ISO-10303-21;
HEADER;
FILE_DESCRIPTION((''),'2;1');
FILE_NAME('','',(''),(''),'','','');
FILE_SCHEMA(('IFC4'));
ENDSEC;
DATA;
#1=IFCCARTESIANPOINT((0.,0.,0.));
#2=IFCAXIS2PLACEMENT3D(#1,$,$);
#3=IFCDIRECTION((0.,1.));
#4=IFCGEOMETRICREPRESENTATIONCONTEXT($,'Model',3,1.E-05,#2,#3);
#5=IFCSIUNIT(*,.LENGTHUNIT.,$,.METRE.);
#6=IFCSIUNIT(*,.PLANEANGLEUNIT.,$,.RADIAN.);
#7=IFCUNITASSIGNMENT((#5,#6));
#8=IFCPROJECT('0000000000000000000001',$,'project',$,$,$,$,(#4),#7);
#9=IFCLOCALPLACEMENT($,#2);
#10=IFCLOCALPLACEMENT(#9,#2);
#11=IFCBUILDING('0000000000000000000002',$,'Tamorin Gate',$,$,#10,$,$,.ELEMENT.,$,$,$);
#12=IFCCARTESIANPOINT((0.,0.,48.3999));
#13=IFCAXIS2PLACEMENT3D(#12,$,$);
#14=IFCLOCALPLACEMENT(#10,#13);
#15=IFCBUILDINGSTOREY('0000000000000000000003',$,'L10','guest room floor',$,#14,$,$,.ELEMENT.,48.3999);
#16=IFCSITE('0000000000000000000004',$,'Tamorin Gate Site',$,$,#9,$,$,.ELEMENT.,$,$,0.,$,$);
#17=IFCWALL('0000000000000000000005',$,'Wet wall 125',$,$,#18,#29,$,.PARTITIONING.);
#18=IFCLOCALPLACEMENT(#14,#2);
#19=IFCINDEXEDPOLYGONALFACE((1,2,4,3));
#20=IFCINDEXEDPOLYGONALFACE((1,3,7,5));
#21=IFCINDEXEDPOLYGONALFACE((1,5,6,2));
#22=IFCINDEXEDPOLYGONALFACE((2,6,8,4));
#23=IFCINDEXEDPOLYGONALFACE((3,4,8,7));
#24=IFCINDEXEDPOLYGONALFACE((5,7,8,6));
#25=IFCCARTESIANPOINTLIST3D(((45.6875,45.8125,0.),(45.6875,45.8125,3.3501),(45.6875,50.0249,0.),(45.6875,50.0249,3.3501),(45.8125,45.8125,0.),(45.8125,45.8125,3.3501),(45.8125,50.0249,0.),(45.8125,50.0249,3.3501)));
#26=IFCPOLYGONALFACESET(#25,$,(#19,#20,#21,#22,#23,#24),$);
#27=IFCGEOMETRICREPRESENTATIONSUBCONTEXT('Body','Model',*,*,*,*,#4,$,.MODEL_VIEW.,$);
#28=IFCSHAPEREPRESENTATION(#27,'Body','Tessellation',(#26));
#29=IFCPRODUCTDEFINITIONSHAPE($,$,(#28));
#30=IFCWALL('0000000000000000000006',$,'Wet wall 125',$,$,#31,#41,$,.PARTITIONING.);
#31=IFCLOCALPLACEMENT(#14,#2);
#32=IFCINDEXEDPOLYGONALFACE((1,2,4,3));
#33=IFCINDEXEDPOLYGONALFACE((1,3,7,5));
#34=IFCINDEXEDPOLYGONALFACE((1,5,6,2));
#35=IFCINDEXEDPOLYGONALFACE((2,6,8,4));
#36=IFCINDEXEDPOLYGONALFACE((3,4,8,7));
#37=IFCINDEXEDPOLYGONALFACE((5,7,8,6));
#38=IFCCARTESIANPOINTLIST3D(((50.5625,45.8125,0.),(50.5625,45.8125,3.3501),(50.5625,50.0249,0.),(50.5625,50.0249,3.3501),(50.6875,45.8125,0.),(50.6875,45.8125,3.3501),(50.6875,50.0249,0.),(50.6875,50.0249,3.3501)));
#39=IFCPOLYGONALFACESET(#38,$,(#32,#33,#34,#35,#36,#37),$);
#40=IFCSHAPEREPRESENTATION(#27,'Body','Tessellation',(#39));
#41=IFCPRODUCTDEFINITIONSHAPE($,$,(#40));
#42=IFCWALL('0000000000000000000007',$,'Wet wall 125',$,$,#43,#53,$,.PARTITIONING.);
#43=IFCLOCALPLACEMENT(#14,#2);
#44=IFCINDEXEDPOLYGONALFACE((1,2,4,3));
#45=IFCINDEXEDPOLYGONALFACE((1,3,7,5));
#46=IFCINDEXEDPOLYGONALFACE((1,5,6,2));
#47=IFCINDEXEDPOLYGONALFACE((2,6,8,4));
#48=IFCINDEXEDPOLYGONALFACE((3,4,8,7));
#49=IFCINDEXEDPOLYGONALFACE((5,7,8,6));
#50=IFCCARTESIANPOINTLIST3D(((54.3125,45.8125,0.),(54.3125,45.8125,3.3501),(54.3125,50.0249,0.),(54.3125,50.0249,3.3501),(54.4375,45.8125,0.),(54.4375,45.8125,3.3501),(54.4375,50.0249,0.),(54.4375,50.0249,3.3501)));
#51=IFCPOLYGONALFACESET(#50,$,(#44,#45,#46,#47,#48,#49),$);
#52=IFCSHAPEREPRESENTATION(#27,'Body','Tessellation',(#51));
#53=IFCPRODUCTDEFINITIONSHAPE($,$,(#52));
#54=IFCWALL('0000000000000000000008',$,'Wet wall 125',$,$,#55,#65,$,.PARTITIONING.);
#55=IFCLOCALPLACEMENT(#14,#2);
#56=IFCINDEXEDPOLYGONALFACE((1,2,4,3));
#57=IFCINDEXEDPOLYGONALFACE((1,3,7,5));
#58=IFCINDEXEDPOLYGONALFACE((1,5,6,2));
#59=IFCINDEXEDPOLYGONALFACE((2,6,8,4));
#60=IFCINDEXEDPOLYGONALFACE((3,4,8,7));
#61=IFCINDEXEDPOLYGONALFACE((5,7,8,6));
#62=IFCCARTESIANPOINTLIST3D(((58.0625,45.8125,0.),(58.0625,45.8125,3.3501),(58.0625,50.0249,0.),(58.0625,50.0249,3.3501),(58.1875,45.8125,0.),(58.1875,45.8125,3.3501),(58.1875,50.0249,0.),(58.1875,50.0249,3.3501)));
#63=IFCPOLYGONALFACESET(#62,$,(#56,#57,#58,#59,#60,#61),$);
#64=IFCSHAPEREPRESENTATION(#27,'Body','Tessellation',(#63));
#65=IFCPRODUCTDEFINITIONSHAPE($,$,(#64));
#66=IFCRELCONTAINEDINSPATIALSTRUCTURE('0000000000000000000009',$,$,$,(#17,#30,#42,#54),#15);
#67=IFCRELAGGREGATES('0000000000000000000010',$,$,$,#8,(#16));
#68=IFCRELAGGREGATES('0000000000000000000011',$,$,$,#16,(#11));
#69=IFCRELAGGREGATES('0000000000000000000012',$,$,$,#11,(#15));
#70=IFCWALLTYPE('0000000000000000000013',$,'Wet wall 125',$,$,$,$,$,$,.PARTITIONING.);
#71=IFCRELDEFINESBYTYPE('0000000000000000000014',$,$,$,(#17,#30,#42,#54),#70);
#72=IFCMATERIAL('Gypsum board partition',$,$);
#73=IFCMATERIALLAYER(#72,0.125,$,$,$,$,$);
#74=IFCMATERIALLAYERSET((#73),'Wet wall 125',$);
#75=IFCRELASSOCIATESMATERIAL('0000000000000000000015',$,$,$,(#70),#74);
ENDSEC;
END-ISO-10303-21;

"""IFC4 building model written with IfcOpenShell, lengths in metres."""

from ifc_helpers import new_model, si_unit, direction, frame, frame_2d, origin, place, context, subcontext, project, spatial, rectangle, extrude, material, layer, layer_set, type_object, element, save


model = new_model("IFC4")

# Units and contexts
model_context = context("Model", 3, precision=1e-05, world=origin(), true_north=direction((0.0, 1.0)))
body_context = subcontext(model_context, "Body", "Model", "MODEL_VIEW")
ifc_project = project(units=[si_unit("LENGTHUNIT", "METRE"), si_unit("PLANEANGLEUNIT", "RADIAN")], contexts=[model_context])

# Site, building, storey
site_placement = place(None, origin())
site = spatial("IfcSite", under=ifc_project, at=site_placement, Name="Tamorin Gate Site", CompositionType="ELEMENT", RefElevation=0.0)
building_placement = place(site_placement, origin())
building = spatial("IfcBuilding", under=site, at=building_placement, Name="Tamorin Gate", CompositionType="ELEMENT")
storey_placement = place(building_placement, frame((0.0, 0.0, 48.3999)))
storey = spatial("IfcBuildingStorey", under=building, at=storey_placement, Name="L10", Description="guest room floor", CompositionType="ELEMENT", Elevation=48.3999)

# Shared definitions
ifc_material_1 = material(Name="Gypsum board partition")

# Shared definitions
ifc_layer_1 = layer(ifc_material_1, 0.125)
ifc_layer_set_1 = layer_set([ifc_layer_1], Name="Wet wall 125")
wall_type_1 = type_object("IfcWallType", Name="Wet wall 125", PredefinedType="PARTITIONING", material=ifc_layer_set_1)

# Walls
for number, where, z_axis, x_axis, name in (
    (1, (45.75, 45.8125, 0.0), (0.0, 0.0, 1.0), (0.0, 1.0, 0.0), "Wet wall 125"),
    (2, (50.625, 45.8125, 0.0), (0.0, 0.0, 1.0), (0.0, 1.0, 0.0), "Wet wall 125"),
    (3, (54.375, 45.8125, 0.0), (0.0, 0.0, 1.0), (0.0, 1.0, 0.0), "Wet wall 125"),
    (4, (58.125, 45.8125, 0.0), (0.0, 0.0, 1.0), (0.0, 1.0, 0.0), "Wet wall 125"),
):
    element("IfcWall", number, at=place(storey_placement, frame(where, z_axis=z_axis, x_axis=x_axis)), inside=storey, type_object=wall_type_1, Name=name, PredefinedType="PARTITIONING", context=body_context, shape_type="SweptSolid", body=[
        extrude(rectangle(XDim=4.2124, YDim=0.125, at=frame_2d((2.1062, 0.0))), origin(), (0.0, 0.0, 1.0), 3.3501),
    ])

save(model, "model.ifc")
